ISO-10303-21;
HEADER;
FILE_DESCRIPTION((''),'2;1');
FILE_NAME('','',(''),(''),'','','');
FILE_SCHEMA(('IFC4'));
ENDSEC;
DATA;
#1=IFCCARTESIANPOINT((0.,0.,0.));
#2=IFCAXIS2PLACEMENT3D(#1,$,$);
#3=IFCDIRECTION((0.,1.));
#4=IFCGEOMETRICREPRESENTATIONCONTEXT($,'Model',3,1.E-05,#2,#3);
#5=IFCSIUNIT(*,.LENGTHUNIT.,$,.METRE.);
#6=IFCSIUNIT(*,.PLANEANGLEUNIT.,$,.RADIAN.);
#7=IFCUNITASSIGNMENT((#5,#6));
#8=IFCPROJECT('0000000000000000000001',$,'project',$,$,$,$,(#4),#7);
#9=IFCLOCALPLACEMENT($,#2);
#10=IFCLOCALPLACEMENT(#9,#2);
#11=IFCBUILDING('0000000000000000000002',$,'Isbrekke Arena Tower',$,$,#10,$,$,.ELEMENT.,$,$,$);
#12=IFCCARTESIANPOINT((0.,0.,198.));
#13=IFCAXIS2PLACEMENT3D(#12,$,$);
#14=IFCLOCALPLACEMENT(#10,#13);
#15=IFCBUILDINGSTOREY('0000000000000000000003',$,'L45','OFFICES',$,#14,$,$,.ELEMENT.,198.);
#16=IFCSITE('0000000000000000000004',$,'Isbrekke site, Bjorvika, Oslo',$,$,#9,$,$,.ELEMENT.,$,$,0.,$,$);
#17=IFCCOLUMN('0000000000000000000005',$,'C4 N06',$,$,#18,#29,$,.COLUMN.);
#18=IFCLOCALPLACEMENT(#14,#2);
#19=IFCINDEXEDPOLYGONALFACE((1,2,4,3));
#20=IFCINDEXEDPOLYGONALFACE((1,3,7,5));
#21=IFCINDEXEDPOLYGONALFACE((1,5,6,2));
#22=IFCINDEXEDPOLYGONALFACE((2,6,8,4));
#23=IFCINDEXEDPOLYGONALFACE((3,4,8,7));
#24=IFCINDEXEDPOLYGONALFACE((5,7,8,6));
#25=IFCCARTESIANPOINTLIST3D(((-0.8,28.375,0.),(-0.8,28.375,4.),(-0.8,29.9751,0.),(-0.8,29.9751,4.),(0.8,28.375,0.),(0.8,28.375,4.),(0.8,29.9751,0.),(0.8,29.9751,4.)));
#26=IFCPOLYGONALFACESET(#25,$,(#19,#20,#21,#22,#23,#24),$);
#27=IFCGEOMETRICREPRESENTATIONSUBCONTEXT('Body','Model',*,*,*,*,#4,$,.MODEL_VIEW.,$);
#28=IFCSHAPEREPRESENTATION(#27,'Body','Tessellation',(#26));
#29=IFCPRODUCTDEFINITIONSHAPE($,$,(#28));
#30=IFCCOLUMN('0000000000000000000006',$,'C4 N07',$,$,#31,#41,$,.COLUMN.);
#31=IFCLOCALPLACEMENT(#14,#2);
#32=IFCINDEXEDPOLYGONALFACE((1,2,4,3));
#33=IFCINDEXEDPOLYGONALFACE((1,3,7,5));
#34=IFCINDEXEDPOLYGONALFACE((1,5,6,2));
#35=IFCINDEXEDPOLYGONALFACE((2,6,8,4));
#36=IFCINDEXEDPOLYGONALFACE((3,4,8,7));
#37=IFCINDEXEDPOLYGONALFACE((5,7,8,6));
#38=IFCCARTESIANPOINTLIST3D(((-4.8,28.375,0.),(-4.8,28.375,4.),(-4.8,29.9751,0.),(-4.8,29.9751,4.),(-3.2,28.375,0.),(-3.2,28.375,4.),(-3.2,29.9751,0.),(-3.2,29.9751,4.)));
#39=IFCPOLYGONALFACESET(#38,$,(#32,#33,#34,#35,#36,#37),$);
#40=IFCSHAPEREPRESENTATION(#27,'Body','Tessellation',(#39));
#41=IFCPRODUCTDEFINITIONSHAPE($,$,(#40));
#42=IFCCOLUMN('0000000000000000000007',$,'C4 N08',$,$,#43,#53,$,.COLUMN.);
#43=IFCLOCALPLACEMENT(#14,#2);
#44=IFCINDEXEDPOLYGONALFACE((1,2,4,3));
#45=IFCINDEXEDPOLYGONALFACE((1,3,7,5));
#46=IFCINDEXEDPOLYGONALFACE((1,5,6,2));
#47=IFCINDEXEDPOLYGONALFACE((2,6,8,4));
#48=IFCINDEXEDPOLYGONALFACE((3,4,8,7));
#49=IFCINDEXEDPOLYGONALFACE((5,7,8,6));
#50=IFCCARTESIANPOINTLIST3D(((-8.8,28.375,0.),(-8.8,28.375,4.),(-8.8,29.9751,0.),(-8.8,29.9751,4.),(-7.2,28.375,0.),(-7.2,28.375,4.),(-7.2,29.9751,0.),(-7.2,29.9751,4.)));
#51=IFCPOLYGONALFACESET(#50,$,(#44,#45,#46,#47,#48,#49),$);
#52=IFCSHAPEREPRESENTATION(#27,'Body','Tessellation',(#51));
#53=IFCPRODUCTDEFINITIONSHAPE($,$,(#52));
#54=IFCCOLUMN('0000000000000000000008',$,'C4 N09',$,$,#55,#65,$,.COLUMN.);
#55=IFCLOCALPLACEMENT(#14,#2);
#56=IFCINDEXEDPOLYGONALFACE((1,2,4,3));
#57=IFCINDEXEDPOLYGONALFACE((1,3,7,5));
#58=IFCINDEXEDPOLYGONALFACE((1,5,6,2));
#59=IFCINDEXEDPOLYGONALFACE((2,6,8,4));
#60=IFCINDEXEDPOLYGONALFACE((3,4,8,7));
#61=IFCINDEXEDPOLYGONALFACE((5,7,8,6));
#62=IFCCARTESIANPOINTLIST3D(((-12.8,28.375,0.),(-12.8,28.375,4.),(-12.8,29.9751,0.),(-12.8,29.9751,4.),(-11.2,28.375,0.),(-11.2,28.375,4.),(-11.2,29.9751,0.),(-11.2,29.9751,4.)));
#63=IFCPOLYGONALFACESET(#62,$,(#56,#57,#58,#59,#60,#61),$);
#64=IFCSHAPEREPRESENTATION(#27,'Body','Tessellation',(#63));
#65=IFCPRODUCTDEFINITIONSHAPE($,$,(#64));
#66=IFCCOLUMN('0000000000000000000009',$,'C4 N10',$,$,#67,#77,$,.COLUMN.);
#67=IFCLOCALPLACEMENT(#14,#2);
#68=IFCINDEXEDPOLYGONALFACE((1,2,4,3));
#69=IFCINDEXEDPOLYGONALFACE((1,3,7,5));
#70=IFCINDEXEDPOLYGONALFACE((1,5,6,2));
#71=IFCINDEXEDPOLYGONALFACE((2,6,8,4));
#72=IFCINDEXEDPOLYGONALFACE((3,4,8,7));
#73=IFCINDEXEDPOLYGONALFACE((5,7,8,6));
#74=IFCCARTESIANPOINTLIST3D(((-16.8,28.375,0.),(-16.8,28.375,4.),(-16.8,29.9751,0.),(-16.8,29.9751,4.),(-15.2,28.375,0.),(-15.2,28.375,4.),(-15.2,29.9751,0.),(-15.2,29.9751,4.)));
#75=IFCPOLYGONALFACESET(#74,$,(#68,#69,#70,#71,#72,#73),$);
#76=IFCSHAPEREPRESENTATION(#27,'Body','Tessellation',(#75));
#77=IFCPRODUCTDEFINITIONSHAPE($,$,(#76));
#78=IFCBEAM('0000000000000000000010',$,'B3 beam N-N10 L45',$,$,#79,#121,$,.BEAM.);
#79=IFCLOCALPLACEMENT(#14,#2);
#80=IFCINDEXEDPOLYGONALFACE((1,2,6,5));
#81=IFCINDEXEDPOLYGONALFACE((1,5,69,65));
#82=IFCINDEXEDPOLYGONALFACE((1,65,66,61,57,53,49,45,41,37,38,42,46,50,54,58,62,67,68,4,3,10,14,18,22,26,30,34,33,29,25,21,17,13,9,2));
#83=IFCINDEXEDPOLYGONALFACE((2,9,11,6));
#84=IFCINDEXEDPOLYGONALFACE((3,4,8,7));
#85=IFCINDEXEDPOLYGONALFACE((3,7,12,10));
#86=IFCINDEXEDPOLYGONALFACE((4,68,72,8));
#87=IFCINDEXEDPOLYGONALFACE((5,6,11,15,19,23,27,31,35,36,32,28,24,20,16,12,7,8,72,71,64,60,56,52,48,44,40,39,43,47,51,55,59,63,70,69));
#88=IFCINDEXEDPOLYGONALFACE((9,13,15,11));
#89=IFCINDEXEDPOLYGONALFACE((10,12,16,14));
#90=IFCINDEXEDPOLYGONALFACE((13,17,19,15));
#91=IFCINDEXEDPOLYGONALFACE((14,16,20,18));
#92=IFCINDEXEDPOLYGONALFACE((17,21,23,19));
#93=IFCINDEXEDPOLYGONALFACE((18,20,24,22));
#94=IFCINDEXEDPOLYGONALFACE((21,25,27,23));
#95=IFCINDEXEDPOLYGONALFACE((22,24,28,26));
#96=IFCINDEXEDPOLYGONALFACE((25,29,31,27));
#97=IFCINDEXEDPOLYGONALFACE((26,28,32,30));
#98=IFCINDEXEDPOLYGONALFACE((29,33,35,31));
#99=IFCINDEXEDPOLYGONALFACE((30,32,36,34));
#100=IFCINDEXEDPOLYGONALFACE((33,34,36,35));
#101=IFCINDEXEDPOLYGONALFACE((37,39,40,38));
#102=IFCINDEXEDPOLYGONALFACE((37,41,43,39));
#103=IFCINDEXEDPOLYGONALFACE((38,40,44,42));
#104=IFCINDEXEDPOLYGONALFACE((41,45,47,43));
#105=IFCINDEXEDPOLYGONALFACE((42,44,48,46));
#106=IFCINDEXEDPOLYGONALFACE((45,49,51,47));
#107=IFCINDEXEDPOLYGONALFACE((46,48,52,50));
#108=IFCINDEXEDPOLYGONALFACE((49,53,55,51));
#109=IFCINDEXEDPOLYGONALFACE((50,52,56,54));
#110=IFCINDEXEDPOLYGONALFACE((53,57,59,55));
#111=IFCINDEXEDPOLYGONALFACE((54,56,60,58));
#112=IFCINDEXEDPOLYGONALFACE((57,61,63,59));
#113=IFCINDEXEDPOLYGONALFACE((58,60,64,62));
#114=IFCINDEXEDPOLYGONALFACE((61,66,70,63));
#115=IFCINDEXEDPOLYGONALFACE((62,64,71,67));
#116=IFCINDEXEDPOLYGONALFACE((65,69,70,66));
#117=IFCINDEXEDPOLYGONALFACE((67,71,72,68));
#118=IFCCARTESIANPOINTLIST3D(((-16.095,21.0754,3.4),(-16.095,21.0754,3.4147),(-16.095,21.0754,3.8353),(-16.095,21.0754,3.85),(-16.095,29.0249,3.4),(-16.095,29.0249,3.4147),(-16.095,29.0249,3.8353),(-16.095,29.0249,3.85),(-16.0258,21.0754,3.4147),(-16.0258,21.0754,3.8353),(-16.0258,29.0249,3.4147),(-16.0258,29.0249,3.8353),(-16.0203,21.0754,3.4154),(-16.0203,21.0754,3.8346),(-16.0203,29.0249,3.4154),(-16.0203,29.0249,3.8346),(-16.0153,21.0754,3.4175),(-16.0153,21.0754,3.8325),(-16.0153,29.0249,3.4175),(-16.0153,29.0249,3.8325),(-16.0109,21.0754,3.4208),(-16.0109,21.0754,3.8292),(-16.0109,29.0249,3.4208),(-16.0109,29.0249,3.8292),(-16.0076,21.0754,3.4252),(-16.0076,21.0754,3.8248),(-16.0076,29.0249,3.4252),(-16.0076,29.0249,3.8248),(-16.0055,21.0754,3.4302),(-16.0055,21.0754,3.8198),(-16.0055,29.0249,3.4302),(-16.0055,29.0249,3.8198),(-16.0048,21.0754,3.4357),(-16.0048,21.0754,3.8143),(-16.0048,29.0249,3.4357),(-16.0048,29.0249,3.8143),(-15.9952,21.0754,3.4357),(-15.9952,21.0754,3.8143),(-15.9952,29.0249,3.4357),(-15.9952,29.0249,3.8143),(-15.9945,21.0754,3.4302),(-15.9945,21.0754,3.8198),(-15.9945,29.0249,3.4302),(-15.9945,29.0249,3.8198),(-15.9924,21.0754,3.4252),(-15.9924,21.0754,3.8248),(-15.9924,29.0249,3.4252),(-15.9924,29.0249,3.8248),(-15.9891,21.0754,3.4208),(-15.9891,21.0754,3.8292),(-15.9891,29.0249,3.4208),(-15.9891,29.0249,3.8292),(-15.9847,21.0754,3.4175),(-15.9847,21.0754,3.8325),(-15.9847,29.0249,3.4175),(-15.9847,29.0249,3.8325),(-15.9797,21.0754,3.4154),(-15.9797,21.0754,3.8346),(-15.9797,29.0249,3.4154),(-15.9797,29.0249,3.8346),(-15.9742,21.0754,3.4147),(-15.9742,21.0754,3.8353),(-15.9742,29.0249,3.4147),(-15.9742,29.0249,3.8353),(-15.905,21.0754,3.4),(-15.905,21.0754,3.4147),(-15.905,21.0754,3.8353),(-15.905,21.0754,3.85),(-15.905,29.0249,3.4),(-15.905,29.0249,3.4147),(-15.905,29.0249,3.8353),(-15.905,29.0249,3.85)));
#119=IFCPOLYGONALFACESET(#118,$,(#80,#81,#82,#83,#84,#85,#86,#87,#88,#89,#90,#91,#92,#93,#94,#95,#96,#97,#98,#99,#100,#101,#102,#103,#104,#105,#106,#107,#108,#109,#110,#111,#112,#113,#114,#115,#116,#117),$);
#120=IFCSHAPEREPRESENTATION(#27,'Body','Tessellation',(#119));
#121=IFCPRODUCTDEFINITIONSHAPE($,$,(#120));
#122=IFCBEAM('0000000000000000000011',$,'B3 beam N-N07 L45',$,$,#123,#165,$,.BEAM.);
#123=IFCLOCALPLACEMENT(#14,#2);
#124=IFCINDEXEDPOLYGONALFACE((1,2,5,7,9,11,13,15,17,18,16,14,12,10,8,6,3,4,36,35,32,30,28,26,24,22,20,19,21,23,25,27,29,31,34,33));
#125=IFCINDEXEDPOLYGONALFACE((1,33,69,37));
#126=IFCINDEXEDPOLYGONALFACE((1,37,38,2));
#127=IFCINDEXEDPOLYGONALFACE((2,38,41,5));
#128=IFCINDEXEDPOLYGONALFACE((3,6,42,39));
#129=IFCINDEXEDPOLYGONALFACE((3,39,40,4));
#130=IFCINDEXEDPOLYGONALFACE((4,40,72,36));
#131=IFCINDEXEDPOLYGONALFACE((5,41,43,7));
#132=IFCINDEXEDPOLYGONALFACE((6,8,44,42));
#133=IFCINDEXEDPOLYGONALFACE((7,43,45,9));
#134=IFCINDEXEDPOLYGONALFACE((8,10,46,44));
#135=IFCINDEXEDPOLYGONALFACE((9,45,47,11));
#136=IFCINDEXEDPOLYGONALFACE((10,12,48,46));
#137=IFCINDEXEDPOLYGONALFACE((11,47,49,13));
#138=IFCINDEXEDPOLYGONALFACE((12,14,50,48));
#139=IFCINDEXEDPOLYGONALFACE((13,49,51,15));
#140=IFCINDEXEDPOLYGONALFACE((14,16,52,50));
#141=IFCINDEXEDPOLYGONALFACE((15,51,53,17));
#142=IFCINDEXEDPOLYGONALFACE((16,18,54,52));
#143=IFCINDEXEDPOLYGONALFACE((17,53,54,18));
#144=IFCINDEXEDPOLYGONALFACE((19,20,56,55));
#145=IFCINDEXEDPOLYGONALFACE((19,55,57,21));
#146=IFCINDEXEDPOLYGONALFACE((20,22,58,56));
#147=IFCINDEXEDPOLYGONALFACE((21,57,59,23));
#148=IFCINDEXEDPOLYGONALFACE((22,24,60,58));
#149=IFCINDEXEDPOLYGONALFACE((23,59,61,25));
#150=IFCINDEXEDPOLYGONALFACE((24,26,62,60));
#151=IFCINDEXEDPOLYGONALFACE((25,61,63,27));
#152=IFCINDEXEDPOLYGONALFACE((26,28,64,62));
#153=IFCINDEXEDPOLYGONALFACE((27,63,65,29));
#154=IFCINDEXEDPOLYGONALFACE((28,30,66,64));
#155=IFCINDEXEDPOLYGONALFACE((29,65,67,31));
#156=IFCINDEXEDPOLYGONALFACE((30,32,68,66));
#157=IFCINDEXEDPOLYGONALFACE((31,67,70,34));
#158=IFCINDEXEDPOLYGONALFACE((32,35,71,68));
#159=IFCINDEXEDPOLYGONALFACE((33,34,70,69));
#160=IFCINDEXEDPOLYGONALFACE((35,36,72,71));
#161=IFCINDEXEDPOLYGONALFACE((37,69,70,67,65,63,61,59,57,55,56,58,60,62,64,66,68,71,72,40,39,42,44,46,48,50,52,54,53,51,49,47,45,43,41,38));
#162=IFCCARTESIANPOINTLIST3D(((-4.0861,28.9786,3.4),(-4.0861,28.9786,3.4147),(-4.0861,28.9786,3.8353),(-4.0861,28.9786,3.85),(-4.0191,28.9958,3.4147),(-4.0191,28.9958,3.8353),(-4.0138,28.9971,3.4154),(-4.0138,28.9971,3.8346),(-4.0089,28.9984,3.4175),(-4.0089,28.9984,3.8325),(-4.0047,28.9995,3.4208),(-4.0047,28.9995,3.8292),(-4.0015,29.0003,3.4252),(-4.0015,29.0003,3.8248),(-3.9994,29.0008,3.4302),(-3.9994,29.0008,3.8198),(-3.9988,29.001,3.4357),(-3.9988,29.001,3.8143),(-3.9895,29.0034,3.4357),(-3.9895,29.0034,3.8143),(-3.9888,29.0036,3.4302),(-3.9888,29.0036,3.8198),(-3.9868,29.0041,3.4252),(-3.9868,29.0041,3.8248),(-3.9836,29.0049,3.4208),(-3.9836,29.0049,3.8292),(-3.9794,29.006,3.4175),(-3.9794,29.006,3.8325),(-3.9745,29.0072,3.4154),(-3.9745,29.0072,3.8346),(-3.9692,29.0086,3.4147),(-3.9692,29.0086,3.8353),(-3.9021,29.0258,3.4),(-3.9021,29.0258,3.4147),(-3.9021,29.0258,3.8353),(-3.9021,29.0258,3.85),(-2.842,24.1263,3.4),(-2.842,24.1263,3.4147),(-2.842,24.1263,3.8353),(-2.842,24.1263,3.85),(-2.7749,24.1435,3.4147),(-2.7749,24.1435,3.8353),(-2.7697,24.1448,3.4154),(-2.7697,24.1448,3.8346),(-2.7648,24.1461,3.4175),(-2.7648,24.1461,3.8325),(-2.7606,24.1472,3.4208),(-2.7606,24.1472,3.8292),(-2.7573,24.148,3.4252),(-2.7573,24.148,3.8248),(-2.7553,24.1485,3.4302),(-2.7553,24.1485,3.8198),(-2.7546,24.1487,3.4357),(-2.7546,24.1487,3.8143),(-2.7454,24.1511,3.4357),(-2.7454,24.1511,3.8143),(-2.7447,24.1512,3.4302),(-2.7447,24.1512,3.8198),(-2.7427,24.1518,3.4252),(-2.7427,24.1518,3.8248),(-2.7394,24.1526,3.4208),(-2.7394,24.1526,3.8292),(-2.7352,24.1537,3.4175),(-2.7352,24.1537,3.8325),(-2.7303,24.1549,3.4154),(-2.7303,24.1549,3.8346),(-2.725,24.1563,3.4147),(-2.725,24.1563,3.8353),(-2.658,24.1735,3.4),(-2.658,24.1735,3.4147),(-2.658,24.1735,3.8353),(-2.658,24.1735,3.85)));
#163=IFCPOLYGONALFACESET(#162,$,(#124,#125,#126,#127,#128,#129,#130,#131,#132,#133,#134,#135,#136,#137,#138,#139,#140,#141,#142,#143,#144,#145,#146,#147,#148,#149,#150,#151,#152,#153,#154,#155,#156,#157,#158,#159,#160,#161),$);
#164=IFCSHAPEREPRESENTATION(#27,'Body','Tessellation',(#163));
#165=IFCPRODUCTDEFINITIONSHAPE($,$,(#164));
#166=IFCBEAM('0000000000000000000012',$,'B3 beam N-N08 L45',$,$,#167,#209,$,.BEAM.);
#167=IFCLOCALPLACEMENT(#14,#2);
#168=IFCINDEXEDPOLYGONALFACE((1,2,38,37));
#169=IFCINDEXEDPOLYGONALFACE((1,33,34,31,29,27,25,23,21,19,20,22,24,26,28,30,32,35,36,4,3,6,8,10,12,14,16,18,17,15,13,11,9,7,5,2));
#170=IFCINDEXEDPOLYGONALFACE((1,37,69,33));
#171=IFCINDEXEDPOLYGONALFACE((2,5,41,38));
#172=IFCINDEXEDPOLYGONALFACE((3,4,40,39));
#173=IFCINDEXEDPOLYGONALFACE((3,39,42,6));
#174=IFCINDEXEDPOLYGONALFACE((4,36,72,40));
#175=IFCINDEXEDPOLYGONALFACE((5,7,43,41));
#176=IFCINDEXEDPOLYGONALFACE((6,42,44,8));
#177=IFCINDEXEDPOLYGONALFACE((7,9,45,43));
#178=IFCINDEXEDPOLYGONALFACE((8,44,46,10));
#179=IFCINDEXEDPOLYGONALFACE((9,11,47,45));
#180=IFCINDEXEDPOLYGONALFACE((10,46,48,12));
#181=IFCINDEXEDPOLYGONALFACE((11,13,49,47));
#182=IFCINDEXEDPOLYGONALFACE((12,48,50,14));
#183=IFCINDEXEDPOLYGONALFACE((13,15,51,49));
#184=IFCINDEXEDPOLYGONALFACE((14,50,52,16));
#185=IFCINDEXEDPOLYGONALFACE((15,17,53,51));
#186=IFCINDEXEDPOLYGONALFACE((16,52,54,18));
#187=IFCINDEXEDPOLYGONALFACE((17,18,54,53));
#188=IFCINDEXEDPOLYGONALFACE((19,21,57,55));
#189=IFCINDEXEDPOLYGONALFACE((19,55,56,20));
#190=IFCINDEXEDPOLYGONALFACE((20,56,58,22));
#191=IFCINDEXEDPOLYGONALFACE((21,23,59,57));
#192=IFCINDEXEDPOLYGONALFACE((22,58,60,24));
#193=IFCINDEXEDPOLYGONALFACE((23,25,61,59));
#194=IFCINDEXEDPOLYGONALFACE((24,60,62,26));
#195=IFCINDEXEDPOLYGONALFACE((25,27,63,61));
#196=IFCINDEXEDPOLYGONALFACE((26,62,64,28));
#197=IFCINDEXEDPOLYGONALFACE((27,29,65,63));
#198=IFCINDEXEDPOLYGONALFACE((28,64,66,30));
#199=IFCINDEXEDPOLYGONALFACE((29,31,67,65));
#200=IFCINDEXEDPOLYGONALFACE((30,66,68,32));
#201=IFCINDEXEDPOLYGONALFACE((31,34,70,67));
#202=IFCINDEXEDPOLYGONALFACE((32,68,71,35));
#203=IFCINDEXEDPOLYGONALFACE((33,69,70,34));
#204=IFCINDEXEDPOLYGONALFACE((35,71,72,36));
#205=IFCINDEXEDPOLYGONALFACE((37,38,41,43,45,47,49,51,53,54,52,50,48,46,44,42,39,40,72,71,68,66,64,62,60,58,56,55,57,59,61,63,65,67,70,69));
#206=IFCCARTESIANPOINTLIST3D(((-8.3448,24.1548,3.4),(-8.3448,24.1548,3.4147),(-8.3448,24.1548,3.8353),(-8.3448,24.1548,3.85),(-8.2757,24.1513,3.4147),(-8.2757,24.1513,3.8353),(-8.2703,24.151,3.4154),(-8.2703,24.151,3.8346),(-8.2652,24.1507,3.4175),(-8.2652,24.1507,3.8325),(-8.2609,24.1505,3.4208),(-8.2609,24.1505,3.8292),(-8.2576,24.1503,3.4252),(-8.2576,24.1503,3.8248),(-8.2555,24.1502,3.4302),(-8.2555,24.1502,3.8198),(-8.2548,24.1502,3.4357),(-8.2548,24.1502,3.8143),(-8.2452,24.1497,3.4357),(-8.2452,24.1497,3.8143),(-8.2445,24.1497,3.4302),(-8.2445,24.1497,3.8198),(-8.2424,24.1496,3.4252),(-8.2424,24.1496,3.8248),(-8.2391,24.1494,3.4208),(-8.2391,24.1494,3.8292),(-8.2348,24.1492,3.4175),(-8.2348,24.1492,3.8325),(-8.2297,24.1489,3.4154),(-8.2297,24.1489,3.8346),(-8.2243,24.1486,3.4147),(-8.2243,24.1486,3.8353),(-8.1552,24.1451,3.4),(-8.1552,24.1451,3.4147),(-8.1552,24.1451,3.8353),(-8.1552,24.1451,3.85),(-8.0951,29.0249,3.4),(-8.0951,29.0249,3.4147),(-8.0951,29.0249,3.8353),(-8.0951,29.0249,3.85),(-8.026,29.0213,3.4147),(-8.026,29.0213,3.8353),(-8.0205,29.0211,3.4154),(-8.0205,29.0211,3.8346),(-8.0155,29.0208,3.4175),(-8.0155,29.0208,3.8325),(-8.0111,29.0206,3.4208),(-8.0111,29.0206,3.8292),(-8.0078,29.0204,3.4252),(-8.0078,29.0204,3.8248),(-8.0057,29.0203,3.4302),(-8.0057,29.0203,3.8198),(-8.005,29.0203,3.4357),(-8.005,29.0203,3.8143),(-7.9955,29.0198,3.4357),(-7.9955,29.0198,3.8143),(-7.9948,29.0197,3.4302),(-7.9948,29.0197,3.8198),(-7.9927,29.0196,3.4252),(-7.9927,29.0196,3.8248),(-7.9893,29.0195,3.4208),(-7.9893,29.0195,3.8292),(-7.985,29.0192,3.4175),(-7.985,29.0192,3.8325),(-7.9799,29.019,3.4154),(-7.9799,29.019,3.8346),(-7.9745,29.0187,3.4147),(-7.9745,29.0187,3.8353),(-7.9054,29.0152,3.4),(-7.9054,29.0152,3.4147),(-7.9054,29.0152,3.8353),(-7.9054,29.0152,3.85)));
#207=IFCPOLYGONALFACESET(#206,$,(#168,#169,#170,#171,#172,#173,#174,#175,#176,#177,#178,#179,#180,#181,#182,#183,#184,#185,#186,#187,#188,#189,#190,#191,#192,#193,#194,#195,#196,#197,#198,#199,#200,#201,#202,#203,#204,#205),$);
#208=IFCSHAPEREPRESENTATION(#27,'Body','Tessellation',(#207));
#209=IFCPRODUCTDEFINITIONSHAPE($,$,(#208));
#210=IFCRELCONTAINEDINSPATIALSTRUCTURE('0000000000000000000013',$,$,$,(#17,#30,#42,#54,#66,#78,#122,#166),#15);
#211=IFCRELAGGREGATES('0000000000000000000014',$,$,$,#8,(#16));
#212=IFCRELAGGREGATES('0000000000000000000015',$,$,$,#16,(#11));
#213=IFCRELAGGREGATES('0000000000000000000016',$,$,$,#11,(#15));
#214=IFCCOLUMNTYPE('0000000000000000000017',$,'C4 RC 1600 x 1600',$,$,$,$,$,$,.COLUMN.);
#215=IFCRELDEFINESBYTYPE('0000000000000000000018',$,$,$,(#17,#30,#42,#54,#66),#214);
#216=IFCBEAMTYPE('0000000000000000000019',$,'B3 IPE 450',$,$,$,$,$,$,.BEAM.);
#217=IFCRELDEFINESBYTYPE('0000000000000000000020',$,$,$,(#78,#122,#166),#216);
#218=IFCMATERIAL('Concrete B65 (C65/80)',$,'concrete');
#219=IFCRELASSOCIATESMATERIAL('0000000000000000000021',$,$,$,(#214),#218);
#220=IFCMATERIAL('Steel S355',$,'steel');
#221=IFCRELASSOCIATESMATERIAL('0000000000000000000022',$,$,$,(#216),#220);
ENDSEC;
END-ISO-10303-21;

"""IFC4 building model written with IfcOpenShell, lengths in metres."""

from ifc_helpers import new_model, si_unit, direction, frame, origin, origin_2d, place, context, subcontext, project, spatial, rectangle, i_section, extrude, material, material_profile, profile_set, type_object, element, save


model = new_model("IFC4")

# Units and contexts
model_context = context("Model", 3, precision=1e-05, world=origin(), true_north=direction((0.0, 1.0)))
body_context = subcontext(model_context, "Body", "Model", "MODEL_VIEW")
ifc_project = project(units=[si_unit("LENGTHUNIT", "METRE"), si_unit("PLANEANGLEUNIT", "RADIAN")], contexts=[model_context])

# Site, building, storey
site_placement = place(None, origin())
site = spatial("IfcSite", under=ifc_project, at=site_placement, Name="Isbrekke site, Bjorvika, Oslo", CompositionType="ELEMENT", RefElevation=0.0)
building_placement = place(site_placement, origin())
building = spatial("IfcBuilding", under=site, at=building_placement, Name="Isbrekke Arena Tower", CompositionType="ELEMENT")
storey_placement = place(building_placement, frame((0.0, 0.0, 198.0)))
storey = spatial("IfcBuildingStorey", under=building, at=storey_placement, Name="L45", Description="OFFICES", CompositionType="ELEMENT", Elevation=198.0)

# Columns
ifc_material_1 = material(Name="Concrete B65 (C65/80)", Category="concrete")
ifc_material_profile_1 = material_profile(ifc_material_1, rectangle(XDim=1.6001, YDim=1.6001, at=origin_2d()), Name="RC 1600x1600")
ifc_profile_set_1 = profile_set([ifc_material_profile_1], Name="Concrete B65 (C65/80)")
column_type = type_object("IfcColumnType", Name="C4 RC 1600 x 1600", PredefinedType="COLUMN", material=ifc_profile_set_1)
for number, where, z_axis, x_axis, name in (
    (1, (0.0, 29.175, 0.0), (0.0, 0.0, 1.0), (-1.0, 0.0, 0.0), "C4 N06"),
    (2, (-4.0, 29.175, 0.0), (0.0, 0.0, 1.0), (-1.0, 0.0, 0.0), "C4 N07"),
    (3, (-8.0, 29.175, 0.0), (0.0, 0.0, 1.0), (-1.0, 0.0, 0.0), "C4 N08"),
    (4, (-12.0, 29.175, 0.0), (0.0, 0.0, 1.0), (-1.0, 0.0, 0.0), "C4 N09"),
    (5, (-16.0, 29.175, 0.0), (0.0, 0.0, 1.0), (-1.0, 0.0, 0.0), "C4 N10"),
):
    element("IfcColumn", number, at=place(storey_placement, frame(where, z_axis=z_axis, x_axis=x_axis)), inside=storey, type_object=column_type, Name=name, PredefinedType="COLUMN", context=body_context, shape_type="SweptSolid", body=[
        extrude(rectangle(XDim=1.6001, YDim=1.6001, at=origin_2d()), origin(), (0.0, 0.0, 1.0), 4.0),
    ])

# Beams
ifc_material_2 = material(Name="Steel S355", Category="steel")
ifc_material_profile_2 = material_profile(ifc_material_2, i_section(OverallWidth=0.1899, OverallDepth=0.45, WebThickness=0.0095, FlangeThickness=0.0146, FilletRadius=0.021, at=origin_2d()), Name="IPE 450")
ifc_profile_set_2 = profile_set([ifc_material_profile_2], Name="Steel S355")
beam_type_1 = type_object("IfcBeamType", Name="B3 IPE 450", PredefinedType="BEAM", material=ifc_profile_set_2)
beam_1_placement = place(storey_placement, frame((-16.0, 29.0249, 3.625), z_axis=(0.0, -1.0, 0.0), x_axis=(1.0, 0.0, 0.0)))
element("IfcBeam", 6, at=beam_1_placement, inside=storey, type_object=beam_type_1, Name="B3 beam N-N10 L45", PredefinedType="BEAM", context=body_context, shape_type="SweptSolid", body=[
    extrude(i_section(OverallWidth=0.1899, OverallDepth=0.45, WebThickness=0.0095, FlangeThickness=0.0146, FilletRadius=0.021, at=origin_2d()), origin(), (0.0, 0.0, 1.0), 7.9495),
])
beam_2_placement = place(storey_placement, frame((-3.9941, 29.0022, 3.625), z_axis=(0.248368, -0.968666, 0.0), x_axis=(0.968666, 0.248368, 0.0)))
element("IfcBeam", 7, at=beam_2_placement, inside=storey, type_object=beam_type_1, Name="B3 beam N-N07 L45", PredefinedType="BEAM", context=body_context, shape_type="SweptSolid", body=[
    extrude(i_section(OverallWidth=0.1899, OverallDepth=0.45, WebThickness=0.0095, FlangeThickness=0.0146, FilletRadius=0.021, at=origin_2d()), origin(), (0.0, 0.0, 1.0), 5.0093),
])
beam_3_placement = place(storey_placement, frame((-8.0002, 29.02, 3.625), z_axis=(-0.051216, -0.998688, 0.0), x_axis=(0.998688, -0.051216, 0.0)))
element("IfcBeam", 8, at=beam_3_placement, inside=storey, type_object=beam_type_1, Name="B3 beam N-N08 L45", PredefinedType="BEAM", context=body_context, shape_type="SweptSolid", body=[
    extrude(i_section(OverallWidth=0.1899, OverallDepth=0.45, WebThickness=0.0095, FlangeThickness=0.0146, FilletRadius=0.021, at=origin_2d()), origin(), (0.0, 0.0, 1.0), 4.8765),
])

save(model, "model.ifc")
